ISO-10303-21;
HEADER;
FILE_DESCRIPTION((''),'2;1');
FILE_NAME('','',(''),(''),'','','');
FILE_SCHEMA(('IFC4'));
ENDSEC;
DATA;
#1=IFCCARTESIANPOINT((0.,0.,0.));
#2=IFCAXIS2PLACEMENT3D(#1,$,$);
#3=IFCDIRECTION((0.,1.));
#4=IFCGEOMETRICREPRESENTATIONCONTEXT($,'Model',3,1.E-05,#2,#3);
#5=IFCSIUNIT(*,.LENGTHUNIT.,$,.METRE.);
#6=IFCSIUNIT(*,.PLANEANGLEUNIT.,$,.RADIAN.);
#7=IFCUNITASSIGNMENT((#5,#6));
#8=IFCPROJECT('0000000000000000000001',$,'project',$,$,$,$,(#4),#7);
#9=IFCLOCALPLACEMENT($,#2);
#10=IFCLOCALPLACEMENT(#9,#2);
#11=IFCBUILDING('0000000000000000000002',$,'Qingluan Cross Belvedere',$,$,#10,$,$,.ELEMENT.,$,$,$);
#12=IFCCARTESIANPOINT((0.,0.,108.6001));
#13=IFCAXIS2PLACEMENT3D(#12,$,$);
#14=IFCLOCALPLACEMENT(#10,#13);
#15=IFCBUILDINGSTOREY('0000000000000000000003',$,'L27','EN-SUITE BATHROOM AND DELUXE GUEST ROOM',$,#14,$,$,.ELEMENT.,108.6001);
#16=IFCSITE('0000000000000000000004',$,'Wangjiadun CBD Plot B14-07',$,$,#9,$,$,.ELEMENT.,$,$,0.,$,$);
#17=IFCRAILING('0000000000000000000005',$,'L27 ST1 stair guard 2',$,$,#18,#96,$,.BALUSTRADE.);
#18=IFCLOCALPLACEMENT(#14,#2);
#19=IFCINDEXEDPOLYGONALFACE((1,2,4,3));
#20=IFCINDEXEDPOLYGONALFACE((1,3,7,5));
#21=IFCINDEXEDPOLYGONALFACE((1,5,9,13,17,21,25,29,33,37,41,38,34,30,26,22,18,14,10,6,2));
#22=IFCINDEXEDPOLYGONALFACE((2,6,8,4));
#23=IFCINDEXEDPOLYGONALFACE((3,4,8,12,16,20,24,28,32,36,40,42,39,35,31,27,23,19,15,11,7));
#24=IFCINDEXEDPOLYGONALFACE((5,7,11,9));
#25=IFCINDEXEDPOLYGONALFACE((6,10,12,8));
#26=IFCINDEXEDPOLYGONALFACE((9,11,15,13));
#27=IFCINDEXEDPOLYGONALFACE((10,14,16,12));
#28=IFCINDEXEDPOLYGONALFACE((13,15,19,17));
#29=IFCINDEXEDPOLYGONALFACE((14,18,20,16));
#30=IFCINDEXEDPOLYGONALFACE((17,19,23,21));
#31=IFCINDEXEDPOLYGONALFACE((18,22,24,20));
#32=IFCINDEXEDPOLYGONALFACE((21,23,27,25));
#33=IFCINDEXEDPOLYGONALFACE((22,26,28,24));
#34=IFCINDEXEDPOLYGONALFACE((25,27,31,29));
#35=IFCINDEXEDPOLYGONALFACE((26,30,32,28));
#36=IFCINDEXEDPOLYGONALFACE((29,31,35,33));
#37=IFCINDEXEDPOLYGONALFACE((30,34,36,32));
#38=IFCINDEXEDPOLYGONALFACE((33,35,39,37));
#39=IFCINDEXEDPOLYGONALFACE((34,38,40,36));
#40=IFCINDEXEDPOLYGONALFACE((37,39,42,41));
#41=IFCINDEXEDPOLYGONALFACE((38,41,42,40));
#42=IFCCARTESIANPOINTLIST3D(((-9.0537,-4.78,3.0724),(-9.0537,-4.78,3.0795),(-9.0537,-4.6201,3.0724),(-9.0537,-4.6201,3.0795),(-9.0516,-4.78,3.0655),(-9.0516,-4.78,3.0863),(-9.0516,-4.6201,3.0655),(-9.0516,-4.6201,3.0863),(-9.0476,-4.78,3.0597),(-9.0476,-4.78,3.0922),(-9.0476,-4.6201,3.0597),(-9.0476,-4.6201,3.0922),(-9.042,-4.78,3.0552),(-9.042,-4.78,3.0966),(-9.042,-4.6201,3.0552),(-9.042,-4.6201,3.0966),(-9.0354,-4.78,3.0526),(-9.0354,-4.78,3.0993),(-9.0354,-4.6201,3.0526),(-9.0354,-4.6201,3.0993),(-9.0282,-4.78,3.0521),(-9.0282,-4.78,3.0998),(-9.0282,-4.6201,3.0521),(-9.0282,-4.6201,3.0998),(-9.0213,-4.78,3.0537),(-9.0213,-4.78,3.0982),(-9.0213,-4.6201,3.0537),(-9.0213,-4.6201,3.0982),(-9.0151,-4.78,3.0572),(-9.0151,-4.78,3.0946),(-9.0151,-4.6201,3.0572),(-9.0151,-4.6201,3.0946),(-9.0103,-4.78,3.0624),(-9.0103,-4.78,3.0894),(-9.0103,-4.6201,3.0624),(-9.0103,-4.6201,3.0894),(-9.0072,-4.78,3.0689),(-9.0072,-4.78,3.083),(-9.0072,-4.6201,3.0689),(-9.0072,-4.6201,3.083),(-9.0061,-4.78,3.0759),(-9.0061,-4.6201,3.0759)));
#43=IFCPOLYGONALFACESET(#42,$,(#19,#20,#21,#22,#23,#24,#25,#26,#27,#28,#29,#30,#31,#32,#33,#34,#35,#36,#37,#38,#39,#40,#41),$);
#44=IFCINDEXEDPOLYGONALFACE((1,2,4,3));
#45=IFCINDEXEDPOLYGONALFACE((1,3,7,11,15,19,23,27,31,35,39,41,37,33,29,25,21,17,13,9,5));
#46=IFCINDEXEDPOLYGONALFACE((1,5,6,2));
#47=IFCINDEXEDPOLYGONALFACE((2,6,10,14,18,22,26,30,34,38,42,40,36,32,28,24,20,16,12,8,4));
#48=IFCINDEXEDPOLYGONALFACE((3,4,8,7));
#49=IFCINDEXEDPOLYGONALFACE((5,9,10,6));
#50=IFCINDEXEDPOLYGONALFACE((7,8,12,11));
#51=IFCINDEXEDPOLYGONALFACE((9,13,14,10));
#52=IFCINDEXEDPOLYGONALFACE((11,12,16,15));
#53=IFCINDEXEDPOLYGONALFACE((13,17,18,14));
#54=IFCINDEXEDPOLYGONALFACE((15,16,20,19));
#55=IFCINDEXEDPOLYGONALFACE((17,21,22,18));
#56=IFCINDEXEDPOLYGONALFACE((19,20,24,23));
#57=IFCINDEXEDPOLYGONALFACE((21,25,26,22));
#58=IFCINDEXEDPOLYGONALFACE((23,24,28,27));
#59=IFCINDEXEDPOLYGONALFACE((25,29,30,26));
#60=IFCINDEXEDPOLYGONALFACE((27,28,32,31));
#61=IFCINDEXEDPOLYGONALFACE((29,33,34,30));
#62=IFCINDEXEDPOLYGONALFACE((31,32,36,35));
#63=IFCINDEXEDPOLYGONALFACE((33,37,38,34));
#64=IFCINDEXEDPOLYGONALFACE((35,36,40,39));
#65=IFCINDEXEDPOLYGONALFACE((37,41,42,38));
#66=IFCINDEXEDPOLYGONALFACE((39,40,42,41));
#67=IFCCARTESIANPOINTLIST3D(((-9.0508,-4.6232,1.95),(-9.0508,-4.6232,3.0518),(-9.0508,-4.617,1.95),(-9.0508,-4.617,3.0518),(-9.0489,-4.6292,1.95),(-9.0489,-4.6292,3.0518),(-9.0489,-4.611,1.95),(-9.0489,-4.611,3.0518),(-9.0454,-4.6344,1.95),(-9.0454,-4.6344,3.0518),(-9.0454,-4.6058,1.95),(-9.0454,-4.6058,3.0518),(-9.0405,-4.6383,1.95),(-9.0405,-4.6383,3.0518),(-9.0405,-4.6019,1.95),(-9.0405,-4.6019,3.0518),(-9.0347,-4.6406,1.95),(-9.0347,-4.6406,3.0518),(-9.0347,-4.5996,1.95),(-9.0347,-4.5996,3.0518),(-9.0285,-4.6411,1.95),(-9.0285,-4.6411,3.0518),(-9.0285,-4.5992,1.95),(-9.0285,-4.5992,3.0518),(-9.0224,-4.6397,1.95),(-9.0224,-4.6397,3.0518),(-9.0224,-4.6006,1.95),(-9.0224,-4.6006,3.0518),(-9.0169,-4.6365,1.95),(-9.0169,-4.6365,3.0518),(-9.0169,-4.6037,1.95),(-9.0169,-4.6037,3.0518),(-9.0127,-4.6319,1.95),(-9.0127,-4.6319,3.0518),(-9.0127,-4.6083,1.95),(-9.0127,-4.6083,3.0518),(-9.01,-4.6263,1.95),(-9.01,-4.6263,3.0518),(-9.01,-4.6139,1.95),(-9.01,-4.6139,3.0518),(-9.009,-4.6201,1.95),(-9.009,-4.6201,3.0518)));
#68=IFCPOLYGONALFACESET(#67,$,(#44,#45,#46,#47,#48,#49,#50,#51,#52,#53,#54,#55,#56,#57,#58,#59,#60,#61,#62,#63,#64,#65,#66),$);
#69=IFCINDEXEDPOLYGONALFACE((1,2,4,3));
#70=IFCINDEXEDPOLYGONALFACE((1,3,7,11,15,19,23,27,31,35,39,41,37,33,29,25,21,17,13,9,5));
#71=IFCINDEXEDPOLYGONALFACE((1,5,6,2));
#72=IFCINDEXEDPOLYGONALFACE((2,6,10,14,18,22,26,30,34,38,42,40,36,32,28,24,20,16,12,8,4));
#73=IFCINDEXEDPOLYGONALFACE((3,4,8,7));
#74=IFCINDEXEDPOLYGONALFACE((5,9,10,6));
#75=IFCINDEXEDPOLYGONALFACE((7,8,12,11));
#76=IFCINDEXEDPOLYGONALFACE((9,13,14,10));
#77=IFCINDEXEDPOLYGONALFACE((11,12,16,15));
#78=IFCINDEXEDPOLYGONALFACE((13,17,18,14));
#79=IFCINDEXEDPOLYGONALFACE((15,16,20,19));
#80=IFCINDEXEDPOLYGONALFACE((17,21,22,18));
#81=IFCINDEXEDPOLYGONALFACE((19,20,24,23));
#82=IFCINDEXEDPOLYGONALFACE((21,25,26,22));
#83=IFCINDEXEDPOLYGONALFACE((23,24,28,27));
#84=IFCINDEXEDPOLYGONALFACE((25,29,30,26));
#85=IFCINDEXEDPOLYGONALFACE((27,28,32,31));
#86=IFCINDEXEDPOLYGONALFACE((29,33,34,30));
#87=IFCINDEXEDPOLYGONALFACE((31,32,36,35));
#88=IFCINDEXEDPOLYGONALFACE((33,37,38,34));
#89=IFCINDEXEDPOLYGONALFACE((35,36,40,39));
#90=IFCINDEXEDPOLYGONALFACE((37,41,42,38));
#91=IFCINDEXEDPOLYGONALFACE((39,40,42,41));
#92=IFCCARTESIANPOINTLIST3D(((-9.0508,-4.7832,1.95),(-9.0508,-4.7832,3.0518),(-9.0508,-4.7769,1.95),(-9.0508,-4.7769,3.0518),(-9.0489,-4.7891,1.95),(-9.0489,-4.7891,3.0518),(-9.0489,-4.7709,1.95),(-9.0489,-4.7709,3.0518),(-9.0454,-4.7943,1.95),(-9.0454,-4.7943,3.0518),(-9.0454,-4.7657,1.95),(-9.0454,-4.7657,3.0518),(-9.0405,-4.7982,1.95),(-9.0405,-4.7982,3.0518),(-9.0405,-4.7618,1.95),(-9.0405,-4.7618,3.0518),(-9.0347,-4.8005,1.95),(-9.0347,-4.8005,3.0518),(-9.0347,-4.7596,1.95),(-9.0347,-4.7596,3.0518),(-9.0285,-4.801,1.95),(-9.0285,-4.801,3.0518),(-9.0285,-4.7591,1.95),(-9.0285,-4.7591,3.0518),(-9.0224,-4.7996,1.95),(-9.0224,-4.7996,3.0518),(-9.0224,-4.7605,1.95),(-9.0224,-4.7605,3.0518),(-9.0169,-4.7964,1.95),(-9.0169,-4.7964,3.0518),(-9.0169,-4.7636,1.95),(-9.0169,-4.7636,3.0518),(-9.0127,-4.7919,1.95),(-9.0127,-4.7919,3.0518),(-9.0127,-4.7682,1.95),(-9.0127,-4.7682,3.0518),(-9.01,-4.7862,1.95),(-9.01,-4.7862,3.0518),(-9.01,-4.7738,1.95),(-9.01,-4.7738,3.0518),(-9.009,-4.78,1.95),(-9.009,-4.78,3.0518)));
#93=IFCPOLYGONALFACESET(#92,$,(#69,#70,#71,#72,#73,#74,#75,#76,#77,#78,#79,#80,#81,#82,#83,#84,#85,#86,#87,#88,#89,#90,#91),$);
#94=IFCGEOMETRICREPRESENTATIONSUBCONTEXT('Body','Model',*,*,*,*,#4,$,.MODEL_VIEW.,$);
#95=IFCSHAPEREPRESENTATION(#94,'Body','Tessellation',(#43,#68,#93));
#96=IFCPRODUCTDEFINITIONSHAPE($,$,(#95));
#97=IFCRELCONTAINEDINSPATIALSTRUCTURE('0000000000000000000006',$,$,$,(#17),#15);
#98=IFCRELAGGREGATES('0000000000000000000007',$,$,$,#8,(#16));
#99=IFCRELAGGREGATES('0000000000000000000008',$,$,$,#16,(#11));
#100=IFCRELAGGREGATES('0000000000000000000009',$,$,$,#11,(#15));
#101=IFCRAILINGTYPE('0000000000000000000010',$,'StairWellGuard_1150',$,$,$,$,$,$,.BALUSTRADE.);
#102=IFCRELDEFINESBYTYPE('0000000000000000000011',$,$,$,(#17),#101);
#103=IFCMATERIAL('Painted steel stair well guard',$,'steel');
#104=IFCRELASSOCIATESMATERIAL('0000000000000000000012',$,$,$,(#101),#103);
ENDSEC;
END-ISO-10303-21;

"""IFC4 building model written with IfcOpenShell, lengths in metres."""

from ifc_helpers import new_model, si_unit, direction, frame, origin, origin_2d, place, context, subcontext, project, spatial, circle, extrude, material, type_object, element, save


model = new_model("IFC4")

# Units and contexts
model_context = context("Model", 3, precision=1e-05, world=origin(), true_north=direction((0.0, 1.0)))
body_context = subcontext(model_context, "Body", "Model", "MODEL_VIEW")
ifc_project = project(units=[si_unit("LENGTHUNIT", "METRE"), si_unit("PLANEANGLEUNIT", "RADIAN")], contexts=[model_context])

# Site, building, storey
site_placement = place(None, origin())
site = spatial("IfcSite", under=ifc_project, at=site_placement, Name="Wangjiadun CBD Plot B14-07", CompositionType="ELEMENT", RefElevation=0.0)
building_placement = place(site_placement, origin())
building = spatial("IfcBuilding", under=site, at=building_placement, Name="Qingluan Cross Belvedere", CompositionType="ELEMENT")
storey_placement = place(building_placement, frame((0.0, 0.0, 108.6001)))
storey = spatial("IfcBuildingStorey", under=building, at=storey_placement, Name="L27", Description="EN-SUITE BATHROOM AND DELUXE GUEST ROOM", CompositionType="ELEMENT", Elevation=108.6001)

# Railing
ifc_material_1 = material(Name="Painted steel stair well guard", Category="steel")
railing_type_1 = type_object("IfcRailingType", Name="StairWellGuard_1150", PredefinedType="BALUSTRADE", material=ifc_material_1)
railing_1_placement = place(storey_placement, frame((-9.03, -4.6201, 1.95)))
element("IfcRailing", 1, at=railing_1_placement, inside=storey, type_object=railing_type_1, Name="L27 ST1 stair guard 2", PredefinedType="BALUSTRADE", context=body_context, shape_type="SweptSolid", body=[
    extrude(circle(Radius=0.0239, at=origin_2d()), frame((0.0, 0.0, 1.126), z_axis=(0.0, -1.0, 0.0), x_axis=(1.0, 0.0, 0.0)), (0.0, 0.0, 1.0), 0.1599),
    extrude(circle(Radius=0.021, at=origin_2d()), origin(), (0.0, 0.0, 1.0), 1.1018),
    extrude(circle(Radius=0.021, at=origin_2d()), frame((0.0, -0.1599, 0.0)), (0.0, 0.0, 1.0), 1.1018),
])

save(model, "model.ifc")
